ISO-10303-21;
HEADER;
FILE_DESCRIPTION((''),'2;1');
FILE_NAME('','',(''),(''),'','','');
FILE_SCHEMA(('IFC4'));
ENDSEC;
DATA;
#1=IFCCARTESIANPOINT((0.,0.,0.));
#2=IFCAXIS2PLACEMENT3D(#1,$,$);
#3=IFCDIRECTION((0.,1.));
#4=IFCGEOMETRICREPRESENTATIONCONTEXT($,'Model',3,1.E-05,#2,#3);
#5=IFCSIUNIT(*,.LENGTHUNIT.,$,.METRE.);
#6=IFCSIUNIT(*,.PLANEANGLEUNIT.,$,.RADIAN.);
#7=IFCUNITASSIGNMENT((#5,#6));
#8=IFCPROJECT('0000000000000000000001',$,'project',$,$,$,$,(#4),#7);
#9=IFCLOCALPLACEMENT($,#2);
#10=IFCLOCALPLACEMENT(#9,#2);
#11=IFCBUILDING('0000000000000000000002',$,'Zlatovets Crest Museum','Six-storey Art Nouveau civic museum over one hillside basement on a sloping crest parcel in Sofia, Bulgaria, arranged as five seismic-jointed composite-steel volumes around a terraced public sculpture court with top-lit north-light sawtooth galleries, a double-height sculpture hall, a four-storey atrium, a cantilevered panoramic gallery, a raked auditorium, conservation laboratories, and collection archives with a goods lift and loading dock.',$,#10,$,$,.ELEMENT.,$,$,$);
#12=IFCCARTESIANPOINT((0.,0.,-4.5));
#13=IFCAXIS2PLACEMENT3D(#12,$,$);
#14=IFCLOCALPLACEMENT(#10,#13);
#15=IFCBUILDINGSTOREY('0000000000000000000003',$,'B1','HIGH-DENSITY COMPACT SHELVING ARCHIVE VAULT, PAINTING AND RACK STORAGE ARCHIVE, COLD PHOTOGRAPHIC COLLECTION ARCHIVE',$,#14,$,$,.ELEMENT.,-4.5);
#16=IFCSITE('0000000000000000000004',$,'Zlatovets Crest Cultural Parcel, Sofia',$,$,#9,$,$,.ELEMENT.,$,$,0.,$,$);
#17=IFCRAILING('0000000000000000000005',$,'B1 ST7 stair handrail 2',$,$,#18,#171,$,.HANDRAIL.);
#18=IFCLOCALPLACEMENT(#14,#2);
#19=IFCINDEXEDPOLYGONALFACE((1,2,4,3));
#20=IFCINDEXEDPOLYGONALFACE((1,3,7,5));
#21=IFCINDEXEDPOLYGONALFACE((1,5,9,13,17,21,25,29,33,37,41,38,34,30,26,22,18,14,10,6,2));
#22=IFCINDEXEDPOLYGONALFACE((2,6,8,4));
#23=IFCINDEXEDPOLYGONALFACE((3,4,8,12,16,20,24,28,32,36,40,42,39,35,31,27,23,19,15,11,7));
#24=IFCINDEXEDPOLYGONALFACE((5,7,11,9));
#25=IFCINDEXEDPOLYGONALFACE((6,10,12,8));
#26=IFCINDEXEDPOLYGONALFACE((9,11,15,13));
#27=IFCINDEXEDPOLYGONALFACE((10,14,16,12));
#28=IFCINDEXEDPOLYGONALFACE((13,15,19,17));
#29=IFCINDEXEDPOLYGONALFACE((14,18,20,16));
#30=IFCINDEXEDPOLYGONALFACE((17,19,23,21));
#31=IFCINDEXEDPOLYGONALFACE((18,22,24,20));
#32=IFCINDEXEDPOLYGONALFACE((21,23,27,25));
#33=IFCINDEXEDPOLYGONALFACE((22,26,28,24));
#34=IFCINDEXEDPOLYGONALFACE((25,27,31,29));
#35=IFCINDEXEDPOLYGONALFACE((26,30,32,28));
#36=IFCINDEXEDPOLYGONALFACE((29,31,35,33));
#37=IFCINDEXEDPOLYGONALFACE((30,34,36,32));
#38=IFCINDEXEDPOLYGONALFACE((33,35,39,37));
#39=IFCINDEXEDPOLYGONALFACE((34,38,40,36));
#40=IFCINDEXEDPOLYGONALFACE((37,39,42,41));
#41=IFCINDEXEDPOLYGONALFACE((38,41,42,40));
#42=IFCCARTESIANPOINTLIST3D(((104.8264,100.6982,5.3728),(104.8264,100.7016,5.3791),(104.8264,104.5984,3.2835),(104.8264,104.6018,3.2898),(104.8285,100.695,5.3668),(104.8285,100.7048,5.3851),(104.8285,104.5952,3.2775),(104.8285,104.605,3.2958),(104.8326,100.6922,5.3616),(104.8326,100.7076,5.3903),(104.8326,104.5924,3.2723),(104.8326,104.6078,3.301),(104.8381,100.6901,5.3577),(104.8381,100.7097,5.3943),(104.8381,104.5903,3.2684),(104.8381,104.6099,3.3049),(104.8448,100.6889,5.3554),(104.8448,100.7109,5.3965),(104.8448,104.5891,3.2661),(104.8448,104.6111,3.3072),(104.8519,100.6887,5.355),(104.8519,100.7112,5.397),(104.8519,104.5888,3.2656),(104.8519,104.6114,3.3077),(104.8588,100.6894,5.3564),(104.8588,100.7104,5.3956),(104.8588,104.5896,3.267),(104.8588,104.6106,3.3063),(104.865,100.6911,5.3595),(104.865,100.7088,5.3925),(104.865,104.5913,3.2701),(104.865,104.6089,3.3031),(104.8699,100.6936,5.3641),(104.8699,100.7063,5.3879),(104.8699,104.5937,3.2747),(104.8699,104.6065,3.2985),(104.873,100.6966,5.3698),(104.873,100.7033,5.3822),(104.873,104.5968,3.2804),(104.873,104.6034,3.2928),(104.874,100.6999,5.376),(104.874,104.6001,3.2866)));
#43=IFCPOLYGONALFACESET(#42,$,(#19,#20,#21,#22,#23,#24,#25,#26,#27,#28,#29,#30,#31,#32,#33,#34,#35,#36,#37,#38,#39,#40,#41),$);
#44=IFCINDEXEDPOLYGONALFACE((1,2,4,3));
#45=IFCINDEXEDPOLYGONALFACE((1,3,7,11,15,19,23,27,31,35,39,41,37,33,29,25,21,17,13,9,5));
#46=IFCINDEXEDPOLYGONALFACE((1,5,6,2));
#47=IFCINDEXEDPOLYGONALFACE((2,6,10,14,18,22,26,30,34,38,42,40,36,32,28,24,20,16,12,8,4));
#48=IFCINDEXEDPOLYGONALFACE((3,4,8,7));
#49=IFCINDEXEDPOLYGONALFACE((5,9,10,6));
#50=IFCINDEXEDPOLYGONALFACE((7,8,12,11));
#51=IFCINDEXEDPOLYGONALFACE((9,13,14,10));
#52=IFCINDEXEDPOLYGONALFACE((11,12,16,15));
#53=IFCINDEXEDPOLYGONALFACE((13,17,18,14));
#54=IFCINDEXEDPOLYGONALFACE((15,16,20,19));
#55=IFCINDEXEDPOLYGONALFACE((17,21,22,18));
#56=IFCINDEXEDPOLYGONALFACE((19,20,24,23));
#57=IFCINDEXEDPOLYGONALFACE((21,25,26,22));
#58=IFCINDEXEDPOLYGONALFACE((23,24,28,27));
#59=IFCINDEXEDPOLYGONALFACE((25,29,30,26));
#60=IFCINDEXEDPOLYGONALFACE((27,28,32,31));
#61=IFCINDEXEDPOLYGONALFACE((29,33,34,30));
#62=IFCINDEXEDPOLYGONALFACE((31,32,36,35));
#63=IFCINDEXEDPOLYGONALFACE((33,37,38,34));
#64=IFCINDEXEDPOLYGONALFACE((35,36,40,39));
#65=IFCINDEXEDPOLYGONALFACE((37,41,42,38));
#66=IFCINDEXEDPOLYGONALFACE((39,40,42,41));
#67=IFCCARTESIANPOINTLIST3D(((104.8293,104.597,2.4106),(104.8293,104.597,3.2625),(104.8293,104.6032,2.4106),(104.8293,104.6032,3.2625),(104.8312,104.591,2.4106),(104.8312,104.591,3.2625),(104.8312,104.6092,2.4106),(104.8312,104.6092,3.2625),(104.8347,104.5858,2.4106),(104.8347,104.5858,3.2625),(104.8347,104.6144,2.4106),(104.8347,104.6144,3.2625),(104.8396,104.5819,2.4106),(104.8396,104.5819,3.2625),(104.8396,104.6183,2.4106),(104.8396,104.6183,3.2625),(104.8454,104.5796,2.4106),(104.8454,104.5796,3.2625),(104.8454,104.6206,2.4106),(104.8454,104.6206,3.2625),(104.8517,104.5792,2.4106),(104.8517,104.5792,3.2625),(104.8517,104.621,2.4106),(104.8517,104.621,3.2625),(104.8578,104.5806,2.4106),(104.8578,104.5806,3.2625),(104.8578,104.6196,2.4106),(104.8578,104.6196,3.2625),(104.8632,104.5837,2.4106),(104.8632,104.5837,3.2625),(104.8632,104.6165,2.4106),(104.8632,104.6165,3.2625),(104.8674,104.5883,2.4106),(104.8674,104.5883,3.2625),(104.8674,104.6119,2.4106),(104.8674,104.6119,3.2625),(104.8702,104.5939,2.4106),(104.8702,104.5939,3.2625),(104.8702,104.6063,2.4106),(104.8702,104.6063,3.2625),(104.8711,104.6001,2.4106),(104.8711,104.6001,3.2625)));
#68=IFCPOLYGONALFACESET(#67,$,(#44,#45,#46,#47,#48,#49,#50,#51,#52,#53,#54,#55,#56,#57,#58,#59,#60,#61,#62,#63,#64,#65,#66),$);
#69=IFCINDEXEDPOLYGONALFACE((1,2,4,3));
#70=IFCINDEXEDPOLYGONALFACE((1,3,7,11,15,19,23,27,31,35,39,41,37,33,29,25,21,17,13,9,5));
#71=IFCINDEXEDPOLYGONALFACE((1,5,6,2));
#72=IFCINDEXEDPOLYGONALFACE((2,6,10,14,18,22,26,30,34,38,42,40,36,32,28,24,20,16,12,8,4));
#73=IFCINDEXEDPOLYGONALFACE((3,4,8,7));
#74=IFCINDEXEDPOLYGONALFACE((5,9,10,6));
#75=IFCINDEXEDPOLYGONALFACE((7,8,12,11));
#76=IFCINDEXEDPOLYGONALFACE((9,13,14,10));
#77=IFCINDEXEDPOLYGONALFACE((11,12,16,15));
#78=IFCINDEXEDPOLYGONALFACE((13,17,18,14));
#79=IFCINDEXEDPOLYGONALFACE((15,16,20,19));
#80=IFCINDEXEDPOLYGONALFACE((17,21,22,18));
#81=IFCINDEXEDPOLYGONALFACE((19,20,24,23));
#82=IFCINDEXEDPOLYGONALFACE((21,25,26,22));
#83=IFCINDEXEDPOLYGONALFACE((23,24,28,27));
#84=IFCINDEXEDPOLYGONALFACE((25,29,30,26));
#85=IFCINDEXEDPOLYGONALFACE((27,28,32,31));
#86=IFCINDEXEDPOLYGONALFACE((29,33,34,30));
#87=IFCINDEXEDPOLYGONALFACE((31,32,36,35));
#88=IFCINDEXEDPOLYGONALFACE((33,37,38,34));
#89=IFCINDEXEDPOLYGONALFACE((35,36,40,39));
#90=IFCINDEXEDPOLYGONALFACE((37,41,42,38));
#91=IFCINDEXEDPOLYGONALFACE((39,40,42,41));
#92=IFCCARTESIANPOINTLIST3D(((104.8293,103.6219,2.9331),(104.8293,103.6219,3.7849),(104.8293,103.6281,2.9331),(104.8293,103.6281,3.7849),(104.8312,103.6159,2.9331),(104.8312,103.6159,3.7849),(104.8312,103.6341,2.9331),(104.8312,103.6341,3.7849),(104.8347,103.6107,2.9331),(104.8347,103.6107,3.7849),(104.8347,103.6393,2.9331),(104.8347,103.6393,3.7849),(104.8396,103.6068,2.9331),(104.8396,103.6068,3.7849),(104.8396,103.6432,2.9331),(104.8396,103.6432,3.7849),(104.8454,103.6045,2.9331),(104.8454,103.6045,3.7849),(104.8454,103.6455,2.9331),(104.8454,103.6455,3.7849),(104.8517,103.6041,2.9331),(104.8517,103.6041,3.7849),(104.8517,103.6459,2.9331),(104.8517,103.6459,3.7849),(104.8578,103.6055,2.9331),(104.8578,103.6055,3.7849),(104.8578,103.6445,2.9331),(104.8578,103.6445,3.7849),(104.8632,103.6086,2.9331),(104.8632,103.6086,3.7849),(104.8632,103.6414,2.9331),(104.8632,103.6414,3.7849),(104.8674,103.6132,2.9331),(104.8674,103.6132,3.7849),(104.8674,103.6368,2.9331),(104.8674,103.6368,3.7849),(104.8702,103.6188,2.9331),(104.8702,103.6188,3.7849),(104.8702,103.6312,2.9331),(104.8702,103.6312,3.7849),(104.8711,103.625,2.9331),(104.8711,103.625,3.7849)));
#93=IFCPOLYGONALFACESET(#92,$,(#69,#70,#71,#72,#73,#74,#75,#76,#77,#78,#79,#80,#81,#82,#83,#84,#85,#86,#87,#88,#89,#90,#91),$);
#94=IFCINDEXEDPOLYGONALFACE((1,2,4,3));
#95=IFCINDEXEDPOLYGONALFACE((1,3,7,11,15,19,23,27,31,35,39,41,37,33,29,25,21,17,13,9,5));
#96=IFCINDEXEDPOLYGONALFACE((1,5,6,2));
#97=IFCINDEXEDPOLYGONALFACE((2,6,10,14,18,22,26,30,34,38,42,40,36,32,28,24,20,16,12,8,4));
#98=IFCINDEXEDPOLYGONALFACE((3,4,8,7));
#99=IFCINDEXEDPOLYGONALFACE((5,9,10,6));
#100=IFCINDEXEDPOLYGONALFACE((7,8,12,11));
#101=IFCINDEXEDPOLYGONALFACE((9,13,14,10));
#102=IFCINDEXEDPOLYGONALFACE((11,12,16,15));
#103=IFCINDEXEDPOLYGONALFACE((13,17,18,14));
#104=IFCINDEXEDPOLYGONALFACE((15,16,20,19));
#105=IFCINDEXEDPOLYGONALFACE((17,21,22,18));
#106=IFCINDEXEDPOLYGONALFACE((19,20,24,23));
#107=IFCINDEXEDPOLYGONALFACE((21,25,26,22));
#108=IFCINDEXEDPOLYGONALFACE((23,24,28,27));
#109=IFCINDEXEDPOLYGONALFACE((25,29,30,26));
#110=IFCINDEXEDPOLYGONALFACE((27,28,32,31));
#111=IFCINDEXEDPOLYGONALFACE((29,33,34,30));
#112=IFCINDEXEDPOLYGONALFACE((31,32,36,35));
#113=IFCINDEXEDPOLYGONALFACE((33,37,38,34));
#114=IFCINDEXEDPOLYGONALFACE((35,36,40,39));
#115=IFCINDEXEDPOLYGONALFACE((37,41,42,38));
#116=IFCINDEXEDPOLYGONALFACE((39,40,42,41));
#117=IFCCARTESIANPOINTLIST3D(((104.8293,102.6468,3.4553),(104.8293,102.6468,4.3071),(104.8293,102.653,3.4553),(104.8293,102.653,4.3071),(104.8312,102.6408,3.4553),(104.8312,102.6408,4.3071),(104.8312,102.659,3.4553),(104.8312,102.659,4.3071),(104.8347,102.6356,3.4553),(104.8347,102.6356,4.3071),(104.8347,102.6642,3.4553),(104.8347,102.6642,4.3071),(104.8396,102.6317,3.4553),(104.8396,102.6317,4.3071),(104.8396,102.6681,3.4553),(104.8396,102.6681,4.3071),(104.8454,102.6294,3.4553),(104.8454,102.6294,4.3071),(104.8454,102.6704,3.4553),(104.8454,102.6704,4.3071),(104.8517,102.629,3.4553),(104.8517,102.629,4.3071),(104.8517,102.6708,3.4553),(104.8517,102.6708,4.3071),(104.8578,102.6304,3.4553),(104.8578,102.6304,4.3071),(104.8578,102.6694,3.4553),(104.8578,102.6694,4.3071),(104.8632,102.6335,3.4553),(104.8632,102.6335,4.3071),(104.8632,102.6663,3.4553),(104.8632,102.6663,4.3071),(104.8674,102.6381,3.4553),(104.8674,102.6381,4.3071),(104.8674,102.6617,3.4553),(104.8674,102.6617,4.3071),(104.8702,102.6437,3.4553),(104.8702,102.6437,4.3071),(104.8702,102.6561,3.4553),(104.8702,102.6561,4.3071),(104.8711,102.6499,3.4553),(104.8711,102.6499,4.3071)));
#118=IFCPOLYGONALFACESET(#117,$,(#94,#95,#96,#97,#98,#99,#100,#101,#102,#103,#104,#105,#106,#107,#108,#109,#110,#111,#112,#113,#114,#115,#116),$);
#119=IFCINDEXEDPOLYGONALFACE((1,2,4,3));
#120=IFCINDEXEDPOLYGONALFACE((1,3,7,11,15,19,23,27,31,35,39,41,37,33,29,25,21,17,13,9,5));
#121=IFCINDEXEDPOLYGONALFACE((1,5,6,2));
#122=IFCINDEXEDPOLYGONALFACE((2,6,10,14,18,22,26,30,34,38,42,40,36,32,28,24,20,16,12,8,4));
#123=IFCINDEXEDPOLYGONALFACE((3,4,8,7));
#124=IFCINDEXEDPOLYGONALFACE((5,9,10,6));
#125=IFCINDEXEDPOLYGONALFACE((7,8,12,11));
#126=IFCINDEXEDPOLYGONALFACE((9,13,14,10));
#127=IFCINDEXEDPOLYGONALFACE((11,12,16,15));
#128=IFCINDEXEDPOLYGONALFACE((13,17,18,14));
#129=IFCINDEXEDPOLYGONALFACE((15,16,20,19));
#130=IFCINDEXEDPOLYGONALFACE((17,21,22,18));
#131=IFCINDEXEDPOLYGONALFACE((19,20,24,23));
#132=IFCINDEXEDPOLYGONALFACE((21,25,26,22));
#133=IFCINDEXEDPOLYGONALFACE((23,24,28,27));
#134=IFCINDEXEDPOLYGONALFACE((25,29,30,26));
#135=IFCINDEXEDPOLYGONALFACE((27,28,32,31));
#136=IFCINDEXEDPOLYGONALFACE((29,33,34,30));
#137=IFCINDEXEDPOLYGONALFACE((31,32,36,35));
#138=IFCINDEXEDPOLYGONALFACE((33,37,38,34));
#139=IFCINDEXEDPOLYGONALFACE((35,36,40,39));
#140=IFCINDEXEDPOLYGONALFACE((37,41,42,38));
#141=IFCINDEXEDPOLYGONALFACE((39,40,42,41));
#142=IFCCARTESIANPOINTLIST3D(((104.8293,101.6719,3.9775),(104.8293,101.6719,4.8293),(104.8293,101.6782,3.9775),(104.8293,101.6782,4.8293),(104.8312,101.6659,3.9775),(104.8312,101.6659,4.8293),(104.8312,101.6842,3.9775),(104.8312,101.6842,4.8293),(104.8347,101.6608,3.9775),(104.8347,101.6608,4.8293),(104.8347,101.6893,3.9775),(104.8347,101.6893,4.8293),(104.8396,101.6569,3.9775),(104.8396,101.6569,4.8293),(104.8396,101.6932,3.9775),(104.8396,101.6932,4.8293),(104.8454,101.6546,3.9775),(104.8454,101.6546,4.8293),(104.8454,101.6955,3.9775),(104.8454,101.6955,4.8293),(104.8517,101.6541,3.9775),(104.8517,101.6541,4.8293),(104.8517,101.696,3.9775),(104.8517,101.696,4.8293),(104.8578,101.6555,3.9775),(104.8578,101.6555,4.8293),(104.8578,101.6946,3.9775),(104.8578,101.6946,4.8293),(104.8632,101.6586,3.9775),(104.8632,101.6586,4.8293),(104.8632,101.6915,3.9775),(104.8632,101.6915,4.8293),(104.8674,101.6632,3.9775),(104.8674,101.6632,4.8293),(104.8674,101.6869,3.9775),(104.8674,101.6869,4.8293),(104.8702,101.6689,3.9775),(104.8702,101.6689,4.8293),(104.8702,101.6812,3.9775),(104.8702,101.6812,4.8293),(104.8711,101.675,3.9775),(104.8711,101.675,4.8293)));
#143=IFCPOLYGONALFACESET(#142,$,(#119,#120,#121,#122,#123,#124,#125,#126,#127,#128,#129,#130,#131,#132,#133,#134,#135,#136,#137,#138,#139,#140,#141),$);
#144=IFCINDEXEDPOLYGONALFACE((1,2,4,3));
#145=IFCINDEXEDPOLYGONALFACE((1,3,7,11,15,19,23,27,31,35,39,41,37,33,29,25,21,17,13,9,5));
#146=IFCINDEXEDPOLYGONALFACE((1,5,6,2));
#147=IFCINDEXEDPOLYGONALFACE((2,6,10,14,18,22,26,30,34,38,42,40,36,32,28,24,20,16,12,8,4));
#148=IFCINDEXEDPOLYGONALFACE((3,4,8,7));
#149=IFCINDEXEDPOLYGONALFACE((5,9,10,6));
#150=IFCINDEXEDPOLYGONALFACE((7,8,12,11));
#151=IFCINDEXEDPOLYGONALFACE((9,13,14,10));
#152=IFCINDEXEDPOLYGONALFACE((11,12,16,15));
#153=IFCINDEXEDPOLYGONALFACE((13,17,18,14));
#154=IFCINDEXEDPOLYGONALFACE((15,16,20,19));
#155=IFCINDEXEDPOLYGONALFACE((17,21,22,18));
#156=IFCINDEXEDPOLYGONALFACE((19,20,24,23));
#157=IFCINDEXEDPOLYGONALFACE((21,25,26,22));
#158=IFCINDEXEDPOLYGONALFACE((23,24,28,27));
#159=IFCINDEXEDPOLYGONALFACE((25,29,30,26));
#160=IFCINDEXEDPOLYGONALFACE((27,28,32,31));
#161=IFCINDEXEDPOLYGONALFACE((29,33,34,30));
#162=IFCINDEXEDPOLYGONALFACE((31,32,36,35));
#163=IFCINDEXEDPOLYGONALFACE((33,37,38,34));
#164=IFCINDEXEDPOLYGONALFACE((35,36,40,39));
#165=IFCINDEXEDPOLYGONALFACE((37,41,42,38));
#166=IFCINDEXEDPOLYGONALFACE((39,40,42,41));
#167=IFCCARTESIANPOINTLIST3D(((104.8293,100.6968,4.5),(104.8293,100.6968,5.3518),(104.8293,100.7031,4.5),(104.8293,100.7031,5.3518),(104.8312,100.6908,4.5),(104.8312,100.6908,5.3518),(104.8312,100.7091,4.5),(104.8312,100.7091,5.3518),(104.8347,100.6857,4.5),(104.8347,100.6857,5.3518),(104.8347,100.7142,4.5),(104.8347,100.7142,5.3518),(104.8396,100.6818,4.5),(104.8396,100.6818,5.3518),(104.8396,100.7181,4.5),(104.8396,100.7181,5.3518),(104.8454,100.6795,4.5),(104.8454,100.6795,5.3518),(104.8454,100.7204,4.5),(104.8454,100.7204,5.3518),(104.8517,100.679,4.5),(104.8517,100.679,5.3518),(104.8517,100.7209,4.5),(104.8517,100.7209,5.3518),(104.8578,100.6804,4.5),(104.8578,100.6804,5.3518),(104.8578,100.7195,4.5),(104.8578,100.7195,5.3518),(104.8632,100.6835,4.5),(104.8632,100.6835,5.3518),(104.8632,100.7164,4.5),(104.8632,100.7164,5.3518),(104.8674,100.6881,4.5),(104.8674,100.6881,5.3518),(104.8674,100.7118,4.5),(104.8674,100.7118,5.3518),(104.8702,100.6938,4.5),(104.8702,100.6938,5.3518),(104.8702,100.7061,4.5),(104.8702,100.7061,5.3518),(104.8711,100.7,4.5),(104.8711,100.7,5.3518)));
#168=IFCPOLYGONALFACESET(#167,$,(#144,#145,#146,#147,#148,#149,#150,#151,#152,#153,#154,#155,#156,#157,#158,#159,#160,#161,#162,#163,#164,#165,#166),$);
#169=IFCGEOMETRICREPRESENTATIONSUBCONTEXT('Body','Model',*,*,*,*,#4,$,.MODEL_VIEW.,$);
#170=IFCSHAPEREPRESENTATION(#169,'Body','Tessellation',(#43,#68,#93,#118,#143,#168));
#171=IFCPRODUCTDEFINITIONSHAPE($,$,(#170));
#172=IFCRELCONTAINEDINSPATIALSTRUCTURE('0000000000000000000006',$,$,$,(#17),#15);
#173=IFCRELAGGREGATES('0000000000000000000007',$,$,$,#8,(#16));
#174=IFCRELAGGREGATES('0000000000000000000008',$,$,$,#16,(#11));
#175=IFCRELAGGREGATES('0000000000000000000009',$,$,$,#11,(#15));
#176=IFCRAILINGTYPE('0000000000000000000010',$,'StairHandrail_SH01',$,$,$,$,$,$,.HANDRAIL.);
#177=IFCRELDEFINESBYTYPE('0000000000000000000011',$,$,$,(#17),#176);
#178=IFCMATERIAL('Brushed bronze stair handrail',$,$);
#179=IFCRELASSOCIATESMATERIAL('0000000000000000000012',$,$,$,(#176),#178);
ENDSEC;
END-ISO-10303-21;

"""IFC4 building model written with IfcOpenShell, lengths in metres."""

from ifc_helpers import new_model, si_unit, direction, frame, origin, origin_2d, place, context, subcontext, project, spatial, circle, extrude, material, type_object, element, save


model = new_model("IFC4")

# Units and contexts
model_context = context("Model", 3, precision=1e-05, world=origin(), true_north=direction((0.0, 1.0)))
body_context = subcontext(model_context, "Body", "Model", "MODEL_VIEW")
ifc_project = project(units=[si_unit("LENGTHUNIT", "METRE"), si_unit("PLANEANGLEUNIT", "RADIAN")], contexts=[model_context])

# Site, building, storey
site_placement = place(None, origin())
site = spatial("IfcSite", under=ifc_project, at=site_placement, Name="Zlatovets Crest Cultural Parcel, Sofia", CompositionType="ELEMENT", RefElevation=0.0)
building_placement = place(site_placement, origin())
building = spatial("IfcBuilding", under=site, at=building_placement, Name="Zlatovets Crest Museum", Description="Six-storey Art Nouveau civic museum over one hillside basement on a sloping crest parcel in Sofia, Bulgaria, arranged as five seismic-jointed composite-steel volumes around a terraced public sculpture court with top-lit north-light sawtooth galleries, a double-height sculpture hall, a four-storey atrium, a cantilevered panoramic gallery, a raked auditorium, conservation laboratories, and collection archives with a goods lift and loading dock.", CompositionType="ELEMENT")
storey_placement = place(building_placement, frame((0.0, 0.0, -4.5)))
storey = spatial("IfcBuildingStorey", under=building, at=storey_placement, Name="B1", Description="HIGH-DENSITY COMPACT SHELVING ARCHIVE VAULT, PAINTING AND RACK STORAGE ARCHIVE, COLD PHOTOGRAPHIC COLLECTION ARCHIVE", CompositionType="ELEMENT", Elevation=-4.5)

# Railing
ifc_material_1 = material(Name="Brushed bronze stair handrail")
railing_type_1 = type_object("IfcRailingType", Name="StairHandrail_SH01", PredefinedType="HANDRAIL", material=ifc_material_1)
railing_1_placement = place(storey_placement, frame((104.8501, 104.6001, 2.4106)))
element("IfcRailing", 1, at=railing_1_placement, inside=storey, type_object=railing_type_1, Name="B1 ST7 stair handrail 2", PredefinedType="HANDRAIL", context=body_context, shape_type="SweptSolid", body=[
    extrude(circle(Radius=0.0239, at=origin_2d()), frame((0.0, 0.0, 0.876), z_axis=(0.0, -0.881481, 0.47222), x_axis=(1.0, 0.0, 0.0)), (0.0, 0.0, 1.0), 4.4246),
    extrude(circle(Radius=0.021, at=origin_2d()), origin(), (0.0, 0.0, 1.0), 0.8518),
    extrude(circle(Radius=0.021, at=origin_2d()), frame((0.0, -0.9751, 0.5225)), (0.0, 0.0, 1.0), 0.8518),
    extrude(circle(Radius=0.021, at=origin_2d()), frame((0.0, -1.9502, 1.0447)), (0.0, 0.0, 1.0), 0.8518),
    extrude(circle(Radius=0.021, at=origin_2d()), frame((0.0, -2.925, 1.5669)), (0.0, 0.0, 1.0), 0.8518),
    extrude(circle(Radius=0.021, at=origin_2d()), frame((0.0, -3.9001, 2.0894)), (0.0, 0.0, 1.0), 0.8518),
])

save(model, "model.ifc")
